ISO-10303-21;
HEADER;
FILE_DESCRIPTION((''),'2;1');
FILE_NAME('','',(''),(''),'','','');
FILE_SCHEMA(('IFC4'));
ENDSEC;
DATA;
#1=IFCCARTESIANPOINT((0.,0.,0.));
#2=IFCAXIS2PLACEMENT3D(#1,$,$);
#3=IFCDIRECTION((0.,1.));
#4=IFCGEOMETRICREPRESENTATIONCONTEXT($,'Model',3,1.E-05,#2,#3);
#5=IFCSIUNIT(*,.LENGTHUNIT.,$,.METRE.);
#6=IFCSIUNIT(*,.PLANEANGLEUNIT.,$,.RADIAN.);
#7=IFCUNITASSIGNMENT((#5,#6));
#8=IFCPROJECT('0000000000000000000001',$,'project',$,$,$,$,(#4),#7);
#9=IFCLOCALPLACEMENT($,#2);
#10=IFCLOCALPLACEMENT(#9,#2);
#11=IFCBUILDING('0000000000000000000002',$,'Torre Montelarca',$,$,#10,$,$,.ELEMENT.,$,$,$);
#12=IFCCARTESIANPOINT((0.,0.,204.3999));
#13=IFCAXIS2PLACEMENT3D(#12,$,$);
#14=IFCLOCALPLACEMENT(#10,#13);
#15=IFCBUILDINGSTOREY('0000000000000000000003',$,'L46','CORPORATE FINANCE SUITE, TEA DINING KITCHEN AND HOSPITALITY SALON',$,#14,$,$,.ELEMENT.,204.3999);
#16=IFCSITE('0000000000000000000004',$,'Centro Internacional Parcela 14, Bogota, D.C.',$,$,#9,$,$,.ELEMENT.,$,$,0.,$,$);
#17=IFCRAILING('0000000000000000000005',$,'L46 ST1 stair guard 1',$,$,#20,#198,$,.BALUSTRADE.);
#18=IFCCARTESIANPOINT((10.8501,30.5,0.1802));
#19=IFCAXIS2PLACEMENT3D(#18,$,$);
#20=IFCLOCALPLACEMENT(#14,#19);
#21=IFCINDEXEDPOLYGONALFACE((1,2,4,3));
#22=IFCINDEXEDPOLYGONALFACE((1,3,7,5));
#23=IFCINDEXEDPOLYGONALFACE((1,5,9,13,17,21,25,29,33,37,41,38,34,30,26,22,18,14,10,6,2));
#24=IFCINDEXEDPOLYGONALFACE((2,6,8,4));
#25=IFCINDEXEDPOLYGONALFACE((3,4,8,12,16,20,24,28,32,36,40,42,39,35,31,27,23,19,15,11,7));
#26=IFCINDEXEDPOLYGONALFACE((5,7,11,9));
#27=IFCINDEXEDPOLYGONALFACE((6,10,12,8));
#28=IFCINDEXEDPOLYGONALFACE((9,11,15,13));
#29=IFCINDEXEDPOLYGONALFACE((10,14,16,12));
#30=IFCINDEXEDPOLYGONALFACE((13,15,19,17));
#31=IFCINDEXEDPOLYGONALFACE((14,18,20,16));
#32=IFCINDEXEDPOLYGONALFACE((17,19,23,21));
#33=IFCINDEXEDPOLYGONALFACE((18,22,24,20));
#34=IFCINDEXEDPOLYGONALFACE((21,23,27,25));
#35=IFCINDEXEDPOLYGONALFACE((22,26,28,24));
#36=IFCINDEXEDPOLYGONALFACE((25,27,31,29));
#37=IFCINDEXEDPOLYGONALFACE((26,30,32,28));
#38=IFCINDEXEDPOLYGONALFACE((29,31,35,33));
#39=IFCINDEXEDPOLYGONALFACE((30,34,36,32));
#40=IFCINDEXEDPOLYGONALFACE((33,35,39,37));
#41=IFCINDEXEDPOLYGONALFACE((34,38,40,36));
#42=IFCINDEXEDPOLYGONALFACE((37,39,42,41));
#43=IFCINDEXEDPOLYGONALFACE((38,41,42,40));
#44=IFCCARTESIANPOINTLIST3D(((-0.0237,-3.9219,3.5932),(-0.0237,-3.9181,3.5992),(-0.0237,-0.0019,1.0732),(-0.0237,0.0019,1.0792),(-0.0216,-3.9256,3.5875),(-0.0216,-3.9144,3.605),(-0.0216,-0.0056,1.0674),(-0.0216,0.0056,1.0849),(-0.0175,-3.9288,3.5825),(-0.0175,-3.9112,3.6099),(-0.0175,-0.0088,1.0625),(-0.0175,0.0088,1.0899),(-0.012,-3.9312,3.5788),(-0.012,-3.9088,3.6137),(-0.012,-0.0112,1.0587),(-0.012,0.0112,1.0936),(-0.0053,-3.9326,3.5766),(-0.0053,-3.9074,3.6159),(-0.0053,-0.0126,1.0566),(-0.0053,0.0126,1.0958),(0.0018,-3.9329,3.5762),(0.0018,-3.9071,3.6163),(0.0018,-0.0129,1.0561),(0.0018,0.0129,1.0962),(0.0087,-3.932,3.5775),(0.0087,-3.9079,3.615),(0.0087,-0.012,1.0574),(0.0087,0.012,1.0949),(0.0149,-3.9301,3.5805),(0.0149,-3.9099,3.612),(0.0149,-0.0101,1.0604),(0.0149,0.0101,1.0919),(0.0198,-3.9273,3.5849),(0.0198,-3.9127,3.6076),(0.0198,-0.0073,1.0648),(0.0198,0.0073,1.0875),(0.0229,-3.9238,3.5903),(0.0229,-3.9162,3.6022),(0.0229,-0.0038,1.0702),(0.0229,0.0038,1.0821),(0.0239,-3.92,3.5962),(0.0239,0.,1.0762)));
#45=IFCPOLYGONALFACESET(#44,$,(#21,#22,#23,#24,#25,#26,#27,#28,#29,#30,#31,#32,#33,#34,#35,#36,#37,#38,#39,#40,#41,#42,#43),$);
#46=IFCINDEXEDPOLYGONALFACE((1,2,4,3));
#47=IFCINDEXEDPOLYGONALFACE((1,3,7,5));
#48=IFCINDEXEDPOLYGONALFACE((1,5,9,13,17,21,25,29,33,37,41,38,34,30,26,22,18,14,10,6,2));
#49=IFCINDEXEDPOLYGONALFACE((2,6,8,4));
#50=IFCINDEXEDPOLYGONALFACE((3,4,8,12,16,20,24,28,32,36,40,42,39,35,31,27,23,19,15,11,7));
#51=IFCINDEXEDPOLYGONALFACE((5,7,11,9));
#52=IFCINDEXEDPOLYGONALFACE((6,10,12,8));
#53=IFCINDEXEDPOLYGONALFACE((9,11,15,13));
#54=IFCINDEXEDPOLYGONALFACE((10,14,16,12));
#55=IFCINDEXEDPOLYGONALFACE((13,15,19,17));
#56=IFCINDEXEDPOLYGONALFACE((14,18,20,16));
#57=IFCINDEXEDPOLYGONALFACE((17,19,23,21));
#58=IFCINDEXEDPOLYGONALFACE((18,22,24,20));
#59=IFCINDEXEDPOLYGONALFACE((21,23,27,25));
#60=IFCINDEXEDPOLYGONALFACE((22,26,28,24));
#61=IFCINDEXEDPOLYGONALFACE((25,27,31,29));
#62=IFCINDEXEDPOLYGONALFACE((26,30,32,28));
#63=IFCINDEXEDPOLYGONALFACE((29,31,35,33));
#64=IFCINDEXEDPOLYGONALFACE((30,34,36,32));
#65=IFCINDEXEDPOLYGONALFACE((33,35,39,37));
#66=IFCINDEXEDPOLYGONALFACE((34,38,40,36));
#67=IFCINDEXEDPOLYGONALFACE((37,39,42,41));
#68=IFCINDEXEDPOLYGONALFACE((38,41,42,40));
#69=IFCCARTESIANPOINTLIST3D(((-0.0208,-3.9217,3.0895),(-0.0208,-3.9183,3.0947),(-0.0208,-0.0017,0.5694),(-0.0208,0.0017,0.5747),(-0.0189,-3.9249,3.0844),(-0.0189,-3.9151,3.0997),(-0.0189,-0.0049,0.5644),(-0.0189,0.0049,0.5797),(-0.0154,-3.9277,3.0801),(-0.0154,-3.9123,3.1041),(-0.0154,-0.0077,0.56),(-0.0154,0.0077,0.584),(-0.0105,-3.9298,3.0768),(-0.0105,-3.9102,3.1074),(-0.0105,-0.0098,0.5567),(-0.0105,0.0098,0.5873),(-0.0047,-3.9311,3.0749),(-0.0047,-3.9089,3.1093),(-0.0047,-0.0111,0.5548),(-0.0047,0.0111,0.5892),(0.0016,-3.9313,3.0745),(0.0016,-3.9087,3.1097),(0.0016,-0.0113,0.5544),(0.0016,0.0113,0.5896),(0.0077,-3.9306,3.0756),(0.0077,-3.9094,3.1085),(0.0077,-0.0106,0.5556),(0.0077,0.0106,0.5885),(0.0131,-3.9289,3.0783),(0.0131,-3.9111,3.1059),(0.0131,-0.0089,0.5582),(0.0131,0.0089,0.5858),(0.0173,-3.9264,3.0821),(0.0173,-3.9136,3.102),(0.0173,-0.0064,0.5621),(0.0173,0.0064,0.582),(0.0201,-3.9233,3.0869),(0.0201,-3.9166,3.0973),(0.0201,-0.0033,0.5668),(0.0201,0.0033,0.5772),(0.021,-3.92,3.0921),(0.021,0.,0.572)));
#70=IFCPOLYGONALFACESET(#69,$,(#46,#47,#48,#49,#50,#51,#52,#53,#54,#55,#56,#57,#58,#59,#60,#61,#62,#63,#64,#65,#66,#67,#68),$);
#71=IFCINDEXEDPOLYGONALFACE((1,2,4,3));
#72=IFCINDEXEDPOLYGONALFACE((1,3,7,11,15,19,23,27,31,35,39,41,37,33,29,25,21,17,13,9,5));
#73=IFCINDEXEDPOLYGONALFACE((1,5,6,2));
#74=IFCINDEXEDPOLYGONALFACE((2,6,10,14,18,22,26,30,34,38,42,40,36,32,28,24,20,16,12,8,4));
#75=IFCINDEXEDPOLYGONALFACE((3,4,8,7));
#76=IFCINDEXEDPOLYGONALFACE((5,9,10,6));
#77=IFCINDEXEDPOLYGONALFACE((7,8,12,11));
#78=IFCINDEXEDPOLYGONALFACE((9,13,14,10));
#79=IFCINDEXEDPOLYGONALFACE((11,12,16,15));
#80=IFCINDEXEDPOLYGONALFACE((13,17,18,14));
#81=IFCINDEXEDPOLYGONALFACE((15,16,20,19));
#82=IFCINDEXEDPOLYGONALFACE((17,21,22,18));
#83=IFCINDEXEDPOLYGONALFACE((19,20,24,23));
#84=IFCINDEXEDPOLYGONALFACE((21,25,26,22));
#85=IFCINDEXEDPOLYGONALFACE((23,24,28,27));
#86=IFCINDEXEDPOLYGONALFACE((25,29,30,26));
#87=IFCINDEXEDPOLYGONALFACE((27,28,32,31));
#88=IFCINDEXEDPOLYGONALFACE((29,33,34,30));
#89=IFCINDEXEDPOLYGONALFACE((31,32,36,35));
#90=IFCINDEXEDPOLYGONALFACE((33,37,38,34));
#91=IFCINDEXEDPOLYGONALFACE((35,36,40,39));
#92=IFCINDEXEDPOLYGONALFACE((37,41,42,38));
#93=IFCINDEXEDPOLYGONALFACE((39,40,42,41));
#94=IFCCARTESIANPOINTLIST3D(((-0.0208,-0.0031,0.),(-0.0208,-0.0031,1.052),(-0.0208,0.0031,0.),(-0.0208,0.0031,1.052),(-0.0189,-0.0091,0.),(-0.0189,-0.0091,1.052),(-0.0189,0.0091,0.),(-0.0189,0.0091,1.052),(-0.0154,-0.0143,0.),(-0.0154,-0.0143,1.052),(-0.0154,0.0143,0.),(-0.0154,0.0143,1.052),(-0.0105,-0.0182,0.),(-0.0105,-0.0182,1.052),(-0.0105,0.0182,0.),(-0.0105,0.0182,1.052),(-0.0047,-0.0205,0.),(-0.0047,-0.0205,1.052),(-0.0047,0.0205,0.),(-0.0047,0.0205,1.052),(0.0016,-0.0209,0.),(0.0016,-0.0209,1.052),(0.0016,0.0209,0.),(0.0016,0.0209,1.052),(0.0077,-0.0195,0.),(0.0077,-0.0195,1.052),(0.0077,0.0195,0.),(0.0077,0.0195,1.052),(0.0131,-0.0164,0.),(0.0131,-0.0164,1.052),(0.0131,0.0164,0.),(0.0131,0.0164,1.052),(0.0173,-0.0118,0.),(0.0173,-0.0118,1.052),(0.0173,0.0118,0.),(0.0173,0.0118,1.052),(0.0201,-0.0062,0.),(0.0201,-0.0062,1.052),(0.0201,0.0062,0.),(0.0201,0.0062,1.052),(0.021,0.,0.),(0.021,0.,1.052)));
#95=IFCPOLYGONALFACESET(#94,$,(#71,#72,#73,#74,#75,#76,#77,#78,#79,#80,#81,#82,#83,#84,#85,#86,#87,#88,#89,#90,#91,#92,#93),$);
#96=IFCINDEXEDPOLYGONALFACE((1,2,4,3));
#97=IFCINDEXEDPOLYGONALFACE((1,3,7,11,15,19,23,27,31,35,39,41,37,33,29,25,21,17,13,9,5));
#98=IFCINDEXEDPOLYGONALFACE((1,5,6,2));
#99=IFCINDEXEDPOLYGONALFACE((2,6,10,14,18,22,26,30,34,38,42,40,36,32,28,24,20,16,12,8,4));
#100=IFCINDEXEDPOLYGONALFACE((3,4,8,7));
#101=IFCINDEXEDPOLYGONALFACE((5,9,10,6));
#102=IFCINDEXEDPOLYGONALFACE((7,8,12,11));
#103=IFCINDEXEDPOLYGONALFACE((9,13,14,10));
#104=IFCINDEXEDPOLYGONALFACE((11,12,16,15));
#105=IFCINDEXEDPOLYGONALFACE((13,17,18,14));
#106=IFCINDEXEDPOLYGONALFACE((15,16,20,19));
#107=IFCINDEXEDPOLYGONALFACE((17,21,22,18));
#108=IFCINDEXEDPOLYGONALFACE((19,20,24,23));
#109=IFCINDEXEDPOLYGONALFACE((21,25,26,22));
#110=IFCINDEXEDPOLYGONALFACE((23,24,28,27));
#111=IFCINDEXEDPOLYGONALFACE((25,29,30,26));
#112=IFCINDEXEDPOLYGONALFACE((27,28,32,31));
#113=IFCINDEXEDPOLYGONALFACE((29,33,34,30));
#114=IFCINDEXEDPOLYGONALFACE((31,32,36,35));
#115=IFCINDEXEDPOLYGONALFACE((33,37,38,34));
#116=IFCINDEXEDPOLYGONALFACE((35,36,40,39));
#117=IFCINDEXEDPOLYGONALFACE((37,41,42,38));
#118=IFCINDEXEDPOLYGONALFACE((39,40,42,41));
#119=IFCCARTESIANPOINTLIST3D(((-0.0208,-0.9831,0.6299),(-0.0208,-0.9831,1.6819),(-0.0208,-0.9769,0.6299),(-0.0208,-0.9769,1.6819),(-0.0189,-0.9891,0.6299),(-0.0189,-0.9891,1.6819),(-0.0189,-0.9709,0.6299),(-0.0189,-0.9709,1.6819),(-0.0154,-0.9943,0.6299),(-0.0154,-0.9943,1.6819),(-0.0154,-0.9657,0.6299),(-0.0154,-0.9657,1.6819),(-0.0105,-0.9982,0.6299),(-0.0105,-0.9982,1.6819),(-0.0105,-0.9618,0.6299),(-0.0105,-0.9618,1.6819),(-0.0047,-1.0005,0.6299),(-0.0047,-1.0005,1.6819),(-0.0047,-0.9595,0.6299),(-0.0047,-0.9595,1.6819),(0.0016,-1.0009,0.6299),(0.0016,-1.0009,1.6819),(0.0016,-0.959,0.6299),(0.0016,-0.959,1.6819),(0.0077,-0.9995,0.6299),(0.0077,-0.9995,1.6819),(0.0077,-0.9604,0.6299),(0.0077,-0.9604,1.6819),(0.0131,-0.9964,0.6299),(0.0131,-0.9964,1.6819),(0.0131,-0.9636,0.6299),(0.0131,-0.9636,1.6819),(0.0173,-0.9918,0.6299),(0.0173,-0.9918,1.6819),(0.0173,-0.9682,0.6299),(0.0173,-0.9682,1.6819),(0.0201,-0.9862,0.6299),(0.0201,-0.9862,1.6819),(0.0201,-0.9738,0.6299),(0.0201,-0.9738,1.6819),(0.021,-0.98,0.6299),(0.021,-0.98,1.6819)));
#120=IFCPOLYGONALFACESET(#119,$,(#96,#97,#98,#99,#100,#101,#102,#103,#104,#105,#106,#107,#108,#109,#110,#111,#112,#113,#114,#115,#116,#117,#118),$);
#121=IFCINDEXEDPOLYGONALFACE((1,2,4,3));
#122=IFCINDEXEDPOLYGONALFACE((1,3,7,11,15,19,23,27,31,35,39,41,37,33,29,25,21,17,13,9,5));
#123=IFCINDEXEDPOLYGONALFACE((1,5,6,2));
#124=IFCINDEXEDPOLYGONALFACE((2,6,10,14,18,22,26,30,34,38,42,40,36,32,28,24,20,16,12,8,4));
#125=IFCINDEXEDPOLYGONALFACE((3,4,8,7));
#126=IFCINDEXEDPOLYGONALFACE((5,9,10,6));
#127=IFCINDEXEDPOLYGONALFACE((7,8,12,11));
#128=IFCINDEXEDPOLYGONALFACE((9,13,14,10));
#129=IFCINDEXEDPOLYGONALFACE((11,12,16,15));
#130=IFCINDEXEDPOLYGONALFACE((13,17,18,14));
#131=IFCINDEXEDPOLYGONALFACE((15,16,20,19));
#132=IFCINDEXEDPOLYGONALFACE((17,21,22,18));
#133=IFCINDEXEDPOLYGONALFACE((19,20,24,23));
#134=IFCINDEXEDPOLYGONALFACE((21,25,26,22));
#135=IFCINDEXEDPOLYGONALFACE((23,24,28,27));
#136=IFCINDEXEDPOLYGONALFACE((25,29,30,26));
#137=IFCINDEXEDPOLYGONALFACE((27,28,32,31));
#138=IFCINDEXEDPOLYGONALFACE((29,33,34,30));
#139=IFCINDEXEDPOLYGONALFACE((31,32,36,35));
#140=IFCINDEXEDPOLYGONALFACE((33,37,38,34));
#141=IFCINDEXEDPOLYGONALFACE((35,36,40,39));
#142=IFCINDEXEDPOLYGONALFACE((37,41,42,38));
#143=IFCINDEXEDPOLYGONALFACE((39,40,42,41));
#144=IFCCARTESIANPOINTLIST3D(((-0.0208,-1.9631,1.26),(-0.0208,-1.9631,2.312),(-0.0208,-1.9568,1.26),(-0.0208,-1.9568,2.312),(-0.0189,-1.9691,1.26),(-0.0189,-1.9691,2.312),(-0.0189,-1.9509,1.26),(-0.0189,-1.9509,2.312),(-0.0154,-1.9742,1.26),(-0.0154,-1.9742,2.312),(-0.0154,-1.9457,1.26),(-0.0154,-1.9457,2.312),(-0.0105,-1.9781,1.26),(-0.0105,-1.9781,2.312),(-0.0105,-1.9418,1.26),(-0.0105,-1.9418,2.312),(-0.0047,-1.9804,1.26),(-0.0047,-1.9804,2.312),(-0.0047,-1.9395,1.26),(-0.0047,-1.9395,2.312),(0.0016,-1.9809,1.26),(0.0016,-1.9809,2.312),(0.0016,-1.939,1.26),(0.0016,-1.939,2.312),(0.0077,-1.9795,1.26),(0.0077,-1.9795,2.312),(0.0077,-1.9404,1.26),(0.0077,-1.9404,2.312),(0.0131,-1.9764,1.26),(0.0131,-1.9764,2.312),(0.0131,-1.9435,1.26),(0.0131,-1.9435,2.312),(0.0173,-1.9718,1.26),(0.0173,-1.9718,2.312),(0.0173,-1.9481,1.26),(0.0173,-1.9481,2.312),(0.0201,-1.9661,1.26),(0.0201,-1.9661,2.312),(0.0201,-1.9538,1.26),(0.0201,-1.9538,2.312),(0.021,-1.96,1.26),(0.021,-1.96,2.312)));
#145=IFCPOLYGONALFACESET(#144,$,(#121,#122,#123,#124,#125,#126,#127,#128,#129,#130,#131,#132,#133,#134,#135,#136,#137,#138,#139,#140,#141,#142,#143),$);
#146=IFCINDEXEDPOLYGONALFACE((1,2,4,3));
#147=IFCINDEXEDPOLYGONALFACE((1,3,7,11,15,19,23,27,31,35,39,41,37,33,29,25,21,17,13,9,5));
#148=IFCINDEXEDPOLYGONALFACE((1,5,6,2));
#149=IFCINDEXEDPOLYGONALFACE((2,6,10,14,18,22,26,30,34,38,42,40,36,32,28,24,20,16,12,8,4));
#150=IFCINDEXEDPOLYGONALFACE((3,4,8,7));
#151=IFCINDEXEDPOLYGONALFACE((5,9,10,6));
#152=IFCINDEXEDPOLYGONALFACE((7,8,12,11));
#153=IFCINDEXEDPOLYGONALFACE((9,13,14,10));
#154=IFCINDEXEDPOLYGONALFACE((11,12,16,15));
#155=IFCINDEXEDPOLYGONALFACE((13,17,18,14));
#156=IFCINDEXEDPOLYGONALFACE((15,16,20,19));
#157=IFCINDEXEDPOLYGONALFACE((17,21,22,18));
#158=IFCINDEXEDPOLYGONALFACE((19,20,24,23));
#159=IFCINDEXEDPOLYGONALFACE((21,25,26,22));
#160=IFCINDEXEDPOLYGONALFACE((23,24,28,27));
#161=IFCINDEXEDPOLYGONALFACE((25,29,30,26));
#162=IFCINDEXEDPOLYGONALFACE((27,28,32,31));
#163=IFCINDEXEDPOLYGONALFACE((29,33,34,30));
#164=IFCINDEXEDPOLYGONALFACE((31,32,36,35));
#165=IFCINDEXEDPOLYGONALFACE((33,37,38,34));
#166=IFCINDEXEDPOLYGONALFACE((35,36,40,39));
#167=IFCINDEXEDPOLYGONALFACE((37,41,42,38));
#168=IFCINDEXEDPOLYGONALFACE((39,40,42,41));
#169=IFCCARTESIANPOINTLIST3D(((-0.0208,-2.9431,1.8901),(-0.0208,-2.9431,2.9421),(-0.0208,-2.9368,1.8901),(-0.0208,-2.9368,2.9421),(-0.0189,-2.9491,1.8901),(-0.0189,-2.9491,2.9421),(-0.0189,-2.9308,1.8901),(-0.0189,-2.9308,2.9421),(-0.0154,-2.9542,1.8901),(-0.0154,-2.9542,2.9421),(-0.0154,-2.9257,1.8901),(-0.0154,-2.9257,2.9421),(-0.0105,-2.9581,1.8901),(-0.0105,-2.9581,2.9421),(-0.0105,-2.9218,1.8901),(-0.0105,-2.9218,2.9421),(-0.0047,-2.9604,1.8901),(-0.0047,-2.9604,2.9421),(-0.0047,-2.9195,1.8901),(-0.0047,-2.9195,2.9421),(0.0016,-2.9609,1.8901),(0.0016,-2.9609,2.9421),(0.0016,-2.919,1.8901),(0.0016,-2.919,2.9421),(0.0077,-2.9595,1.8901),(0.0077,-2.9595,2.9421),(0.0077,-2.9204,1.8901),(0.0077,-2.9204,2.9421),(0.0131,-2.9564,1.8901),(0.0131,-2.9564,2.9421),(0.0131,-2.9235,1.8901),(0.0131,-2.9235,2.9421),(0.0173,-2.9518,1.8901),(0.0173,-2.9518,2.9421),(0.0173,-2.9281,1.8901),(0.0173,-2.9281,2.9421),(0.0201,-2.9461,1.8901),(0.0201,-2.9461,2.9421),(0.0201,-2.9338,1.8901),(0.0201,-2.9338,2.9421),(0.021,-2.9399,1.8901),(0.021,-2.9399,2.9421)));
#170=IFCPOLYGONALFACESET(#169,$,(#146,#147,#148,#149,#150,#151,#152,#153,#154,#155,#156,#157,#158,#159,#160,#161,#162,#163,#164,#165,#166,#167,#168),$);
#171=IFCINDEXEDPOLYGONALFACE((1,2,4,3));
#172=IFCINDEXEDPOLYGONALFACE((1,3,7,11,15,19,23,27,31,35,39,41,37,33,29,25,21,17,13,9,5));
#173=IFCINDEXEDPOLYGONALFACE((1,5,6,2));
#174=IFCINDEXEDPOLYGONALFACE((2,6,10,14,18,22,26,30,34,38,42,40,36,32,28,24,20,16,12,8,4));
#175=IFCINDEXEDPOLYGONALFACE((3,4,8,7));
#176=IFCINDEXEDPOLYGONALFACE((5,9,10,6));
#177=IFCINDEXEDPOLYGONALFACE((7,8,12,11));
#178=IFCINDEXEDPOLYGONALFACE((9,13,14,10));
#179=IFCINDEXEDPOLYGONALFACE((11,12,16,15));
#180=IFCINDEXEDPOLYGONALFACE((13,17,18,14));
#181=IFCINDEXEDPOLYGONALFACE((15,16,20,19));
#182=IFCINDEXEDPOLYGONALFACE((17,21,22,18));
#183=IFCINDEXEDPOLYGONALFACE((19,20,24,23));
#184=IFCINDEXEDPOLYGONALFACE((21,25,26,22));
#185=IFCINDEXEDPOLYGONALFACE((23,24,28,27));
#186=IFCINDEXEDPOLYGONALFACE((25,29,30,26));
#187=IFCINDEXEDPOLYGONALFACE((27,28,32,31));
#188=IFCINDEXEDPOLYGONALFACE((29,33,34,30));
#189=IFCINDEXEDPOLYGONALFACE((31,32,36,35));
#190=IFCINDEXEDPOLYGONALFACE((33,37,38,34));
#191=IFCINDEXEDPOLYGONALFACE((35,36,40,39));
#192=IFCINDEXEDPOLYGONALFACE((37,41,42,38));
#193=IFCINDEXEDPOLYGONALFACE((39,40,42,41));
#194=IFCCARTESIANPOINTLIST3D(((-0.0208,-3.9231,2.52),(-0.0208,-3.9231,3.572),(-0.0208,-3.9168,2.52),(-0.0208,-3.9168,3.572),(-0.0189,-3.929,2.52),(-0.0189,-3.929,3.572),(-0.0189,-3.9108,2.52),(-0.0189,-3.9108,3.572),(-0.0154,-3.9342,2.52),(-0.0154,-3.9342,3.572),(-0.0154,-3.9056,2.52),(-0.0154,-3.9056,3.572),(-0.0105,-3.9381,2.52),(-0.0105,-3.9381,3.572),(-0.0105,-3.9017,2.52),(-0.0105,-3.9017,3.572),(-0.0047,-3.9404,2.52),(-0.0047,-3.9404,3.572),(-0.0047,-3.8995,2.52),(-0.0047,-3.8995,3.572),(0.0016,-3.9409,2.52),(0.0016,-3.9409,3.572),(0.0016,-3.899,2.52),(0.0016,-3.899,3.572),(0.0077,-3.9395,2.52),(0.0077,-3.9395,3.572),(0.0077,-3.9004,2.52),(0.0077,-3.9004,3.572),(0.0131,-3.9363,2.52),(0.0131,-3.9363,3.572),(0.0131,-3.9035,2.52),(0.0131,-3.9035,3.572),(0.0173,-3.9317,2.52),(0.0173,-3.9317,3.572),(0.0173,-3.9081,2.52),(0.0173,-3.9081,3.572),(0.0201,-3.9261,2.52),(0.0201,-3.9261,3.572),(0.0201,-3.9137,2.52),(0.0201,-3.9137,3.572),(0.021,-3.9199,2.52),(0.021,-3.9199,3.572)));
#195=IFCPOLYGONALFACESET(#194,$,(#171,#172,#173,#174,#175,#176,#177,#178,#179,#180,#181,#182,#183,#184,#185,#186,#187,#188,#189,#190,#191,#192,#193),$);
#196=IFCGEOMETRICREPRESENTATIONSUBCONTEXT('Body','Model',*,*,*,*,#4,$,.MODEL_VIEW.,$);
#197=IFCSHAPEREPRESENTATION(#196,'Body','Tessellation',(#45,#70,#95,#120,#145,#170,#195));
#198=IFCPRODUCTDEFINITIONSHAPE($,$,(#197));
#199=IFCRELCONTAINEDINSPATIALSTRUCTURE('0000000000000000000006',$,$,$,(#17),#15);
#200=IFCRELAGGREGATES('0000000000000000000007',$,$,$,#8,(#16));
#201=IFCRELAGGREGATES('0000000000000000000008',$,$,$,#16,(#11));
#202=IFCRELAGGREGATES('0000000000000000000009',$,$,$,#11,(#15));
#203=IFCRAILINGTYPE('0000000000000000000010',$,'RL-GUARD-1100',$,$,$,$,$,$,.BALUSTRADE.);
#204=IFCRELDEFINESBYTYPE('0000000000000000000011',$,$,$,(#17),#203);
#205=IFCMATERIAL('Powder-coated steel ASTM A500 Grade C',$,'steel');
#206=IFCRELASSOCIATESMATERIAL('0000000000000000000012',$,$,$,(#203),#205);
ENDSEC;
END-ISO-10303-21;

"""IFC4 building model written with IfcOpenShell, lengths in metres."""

from ifc_helpers import new_model, si_unit, direction, frame, origin, origin_2d, place, context, subcontext, project, spatial, circle, extrude, material, type_object, element, save


model = new_model("IFC4")

# Units and contexts
model_context = context("Model", 3, precision=1e-05, world=origin(), true_north=direction((0.0, 1.0)))
body_context = subcontext(model_context, "Body", "Model", "MODEL_VIEW")
ifc_project = project(units=[si_unit("LENGTHUNIT", "METRE"), si_unit("PLANEANGLEUNIT", "RADIAN")], contexts=[model_context])

# Site, building, storey
site_placement = place(None, origin())
site = spatial("IfcSite", under=ifc_project, at=site_placement, Name="Centro Internacional Parcela 14, Bogota, D.C.", CompositionType="ELEMENT", RefElevation=0.0)
building_placement = place(site_placement, origin())
building = spatial("IfcBuilding", under=site, at=building_placement, Name="Torre Montelarca", CompositionType="ELEMENT")
storey_placement = place(building_placement, frame((0.0, 0.0, 204.3999)))
storey = spatial("IfcBuildingStorey", under=building, at=storey_placement, Name="L46", Description="CORPORATE FINANCE SUITE, TEA DINING KITCHEN AND HOSPITALITY SALON", CompositionType="ELEMENT", Elevation=204.3999)

# Railing
ifc_material_1 = material(Name="Powder-coated steel ASTM A500 Grade C", Category="steel")
railing_type = type_object("IfcRailingType", Name="RL-GUARD-1100", PredefinedType="BALUSTRADE", material=ifc_material_1)
railing_1_placement = place(storey_placement, frame((10.8501, 30.5, 0.1802)))
element("IfcRailing", 1, at=railing_1_placement, inside=storey, type_object=railing_type, Name="L46 ST1 stair guard 1", PredefinedType="BALUSTRADE", context=body_context, shape_type="SweptSolid", body=[
    extrude(circle(Radius=0.0239, at=origin_2d()), frame((0.0, 0.0, 1.0762), z_axis=(0.0, -0.841172, 0.540768), x_axis=(1.0, 0.0, 0.0)), (0.0, 0.0, 1.0), 4.6602),
    extrude(circle(Radius=0.021, at=origin_2d()), frame((0.0, 0.0, 0.572), z_axis=(0.0, -0.841172, 0.540768), x_axis=(1.0, 0.0, 0.0)), (0.0, 0.0, 1.0), 4.6602),
    extrude(circle(Radius=0.021, at=origin_2d()), origin(), (0.0, 0.0, 1.0), 1.052),
    extrude(circle(Radius=0.021, at=origin_2d()), frame((0.0, -0.98, 0.6299)), (0.0, 0.0, 1.0), 1.052),
    extrude(circle(Radius=0.021, at=origin_2d()), frame((0.0, -1.96, 1.26)), (0.0, 0.0, 1.0), 1.052),
    extrude(circle(Radius=0.021, at=origin_2d()), frame((0.0, -2.9399, 1.8901)), (0.0, 0.0, 1.0), 1.052),
    extrude(circle(Radius=0.021, at=origin_2d()), frame((0.0, -3.9199, 2.52)), (0.0, 0.0, 1.0), 1.052),
])

save(model, "model.ifc")
